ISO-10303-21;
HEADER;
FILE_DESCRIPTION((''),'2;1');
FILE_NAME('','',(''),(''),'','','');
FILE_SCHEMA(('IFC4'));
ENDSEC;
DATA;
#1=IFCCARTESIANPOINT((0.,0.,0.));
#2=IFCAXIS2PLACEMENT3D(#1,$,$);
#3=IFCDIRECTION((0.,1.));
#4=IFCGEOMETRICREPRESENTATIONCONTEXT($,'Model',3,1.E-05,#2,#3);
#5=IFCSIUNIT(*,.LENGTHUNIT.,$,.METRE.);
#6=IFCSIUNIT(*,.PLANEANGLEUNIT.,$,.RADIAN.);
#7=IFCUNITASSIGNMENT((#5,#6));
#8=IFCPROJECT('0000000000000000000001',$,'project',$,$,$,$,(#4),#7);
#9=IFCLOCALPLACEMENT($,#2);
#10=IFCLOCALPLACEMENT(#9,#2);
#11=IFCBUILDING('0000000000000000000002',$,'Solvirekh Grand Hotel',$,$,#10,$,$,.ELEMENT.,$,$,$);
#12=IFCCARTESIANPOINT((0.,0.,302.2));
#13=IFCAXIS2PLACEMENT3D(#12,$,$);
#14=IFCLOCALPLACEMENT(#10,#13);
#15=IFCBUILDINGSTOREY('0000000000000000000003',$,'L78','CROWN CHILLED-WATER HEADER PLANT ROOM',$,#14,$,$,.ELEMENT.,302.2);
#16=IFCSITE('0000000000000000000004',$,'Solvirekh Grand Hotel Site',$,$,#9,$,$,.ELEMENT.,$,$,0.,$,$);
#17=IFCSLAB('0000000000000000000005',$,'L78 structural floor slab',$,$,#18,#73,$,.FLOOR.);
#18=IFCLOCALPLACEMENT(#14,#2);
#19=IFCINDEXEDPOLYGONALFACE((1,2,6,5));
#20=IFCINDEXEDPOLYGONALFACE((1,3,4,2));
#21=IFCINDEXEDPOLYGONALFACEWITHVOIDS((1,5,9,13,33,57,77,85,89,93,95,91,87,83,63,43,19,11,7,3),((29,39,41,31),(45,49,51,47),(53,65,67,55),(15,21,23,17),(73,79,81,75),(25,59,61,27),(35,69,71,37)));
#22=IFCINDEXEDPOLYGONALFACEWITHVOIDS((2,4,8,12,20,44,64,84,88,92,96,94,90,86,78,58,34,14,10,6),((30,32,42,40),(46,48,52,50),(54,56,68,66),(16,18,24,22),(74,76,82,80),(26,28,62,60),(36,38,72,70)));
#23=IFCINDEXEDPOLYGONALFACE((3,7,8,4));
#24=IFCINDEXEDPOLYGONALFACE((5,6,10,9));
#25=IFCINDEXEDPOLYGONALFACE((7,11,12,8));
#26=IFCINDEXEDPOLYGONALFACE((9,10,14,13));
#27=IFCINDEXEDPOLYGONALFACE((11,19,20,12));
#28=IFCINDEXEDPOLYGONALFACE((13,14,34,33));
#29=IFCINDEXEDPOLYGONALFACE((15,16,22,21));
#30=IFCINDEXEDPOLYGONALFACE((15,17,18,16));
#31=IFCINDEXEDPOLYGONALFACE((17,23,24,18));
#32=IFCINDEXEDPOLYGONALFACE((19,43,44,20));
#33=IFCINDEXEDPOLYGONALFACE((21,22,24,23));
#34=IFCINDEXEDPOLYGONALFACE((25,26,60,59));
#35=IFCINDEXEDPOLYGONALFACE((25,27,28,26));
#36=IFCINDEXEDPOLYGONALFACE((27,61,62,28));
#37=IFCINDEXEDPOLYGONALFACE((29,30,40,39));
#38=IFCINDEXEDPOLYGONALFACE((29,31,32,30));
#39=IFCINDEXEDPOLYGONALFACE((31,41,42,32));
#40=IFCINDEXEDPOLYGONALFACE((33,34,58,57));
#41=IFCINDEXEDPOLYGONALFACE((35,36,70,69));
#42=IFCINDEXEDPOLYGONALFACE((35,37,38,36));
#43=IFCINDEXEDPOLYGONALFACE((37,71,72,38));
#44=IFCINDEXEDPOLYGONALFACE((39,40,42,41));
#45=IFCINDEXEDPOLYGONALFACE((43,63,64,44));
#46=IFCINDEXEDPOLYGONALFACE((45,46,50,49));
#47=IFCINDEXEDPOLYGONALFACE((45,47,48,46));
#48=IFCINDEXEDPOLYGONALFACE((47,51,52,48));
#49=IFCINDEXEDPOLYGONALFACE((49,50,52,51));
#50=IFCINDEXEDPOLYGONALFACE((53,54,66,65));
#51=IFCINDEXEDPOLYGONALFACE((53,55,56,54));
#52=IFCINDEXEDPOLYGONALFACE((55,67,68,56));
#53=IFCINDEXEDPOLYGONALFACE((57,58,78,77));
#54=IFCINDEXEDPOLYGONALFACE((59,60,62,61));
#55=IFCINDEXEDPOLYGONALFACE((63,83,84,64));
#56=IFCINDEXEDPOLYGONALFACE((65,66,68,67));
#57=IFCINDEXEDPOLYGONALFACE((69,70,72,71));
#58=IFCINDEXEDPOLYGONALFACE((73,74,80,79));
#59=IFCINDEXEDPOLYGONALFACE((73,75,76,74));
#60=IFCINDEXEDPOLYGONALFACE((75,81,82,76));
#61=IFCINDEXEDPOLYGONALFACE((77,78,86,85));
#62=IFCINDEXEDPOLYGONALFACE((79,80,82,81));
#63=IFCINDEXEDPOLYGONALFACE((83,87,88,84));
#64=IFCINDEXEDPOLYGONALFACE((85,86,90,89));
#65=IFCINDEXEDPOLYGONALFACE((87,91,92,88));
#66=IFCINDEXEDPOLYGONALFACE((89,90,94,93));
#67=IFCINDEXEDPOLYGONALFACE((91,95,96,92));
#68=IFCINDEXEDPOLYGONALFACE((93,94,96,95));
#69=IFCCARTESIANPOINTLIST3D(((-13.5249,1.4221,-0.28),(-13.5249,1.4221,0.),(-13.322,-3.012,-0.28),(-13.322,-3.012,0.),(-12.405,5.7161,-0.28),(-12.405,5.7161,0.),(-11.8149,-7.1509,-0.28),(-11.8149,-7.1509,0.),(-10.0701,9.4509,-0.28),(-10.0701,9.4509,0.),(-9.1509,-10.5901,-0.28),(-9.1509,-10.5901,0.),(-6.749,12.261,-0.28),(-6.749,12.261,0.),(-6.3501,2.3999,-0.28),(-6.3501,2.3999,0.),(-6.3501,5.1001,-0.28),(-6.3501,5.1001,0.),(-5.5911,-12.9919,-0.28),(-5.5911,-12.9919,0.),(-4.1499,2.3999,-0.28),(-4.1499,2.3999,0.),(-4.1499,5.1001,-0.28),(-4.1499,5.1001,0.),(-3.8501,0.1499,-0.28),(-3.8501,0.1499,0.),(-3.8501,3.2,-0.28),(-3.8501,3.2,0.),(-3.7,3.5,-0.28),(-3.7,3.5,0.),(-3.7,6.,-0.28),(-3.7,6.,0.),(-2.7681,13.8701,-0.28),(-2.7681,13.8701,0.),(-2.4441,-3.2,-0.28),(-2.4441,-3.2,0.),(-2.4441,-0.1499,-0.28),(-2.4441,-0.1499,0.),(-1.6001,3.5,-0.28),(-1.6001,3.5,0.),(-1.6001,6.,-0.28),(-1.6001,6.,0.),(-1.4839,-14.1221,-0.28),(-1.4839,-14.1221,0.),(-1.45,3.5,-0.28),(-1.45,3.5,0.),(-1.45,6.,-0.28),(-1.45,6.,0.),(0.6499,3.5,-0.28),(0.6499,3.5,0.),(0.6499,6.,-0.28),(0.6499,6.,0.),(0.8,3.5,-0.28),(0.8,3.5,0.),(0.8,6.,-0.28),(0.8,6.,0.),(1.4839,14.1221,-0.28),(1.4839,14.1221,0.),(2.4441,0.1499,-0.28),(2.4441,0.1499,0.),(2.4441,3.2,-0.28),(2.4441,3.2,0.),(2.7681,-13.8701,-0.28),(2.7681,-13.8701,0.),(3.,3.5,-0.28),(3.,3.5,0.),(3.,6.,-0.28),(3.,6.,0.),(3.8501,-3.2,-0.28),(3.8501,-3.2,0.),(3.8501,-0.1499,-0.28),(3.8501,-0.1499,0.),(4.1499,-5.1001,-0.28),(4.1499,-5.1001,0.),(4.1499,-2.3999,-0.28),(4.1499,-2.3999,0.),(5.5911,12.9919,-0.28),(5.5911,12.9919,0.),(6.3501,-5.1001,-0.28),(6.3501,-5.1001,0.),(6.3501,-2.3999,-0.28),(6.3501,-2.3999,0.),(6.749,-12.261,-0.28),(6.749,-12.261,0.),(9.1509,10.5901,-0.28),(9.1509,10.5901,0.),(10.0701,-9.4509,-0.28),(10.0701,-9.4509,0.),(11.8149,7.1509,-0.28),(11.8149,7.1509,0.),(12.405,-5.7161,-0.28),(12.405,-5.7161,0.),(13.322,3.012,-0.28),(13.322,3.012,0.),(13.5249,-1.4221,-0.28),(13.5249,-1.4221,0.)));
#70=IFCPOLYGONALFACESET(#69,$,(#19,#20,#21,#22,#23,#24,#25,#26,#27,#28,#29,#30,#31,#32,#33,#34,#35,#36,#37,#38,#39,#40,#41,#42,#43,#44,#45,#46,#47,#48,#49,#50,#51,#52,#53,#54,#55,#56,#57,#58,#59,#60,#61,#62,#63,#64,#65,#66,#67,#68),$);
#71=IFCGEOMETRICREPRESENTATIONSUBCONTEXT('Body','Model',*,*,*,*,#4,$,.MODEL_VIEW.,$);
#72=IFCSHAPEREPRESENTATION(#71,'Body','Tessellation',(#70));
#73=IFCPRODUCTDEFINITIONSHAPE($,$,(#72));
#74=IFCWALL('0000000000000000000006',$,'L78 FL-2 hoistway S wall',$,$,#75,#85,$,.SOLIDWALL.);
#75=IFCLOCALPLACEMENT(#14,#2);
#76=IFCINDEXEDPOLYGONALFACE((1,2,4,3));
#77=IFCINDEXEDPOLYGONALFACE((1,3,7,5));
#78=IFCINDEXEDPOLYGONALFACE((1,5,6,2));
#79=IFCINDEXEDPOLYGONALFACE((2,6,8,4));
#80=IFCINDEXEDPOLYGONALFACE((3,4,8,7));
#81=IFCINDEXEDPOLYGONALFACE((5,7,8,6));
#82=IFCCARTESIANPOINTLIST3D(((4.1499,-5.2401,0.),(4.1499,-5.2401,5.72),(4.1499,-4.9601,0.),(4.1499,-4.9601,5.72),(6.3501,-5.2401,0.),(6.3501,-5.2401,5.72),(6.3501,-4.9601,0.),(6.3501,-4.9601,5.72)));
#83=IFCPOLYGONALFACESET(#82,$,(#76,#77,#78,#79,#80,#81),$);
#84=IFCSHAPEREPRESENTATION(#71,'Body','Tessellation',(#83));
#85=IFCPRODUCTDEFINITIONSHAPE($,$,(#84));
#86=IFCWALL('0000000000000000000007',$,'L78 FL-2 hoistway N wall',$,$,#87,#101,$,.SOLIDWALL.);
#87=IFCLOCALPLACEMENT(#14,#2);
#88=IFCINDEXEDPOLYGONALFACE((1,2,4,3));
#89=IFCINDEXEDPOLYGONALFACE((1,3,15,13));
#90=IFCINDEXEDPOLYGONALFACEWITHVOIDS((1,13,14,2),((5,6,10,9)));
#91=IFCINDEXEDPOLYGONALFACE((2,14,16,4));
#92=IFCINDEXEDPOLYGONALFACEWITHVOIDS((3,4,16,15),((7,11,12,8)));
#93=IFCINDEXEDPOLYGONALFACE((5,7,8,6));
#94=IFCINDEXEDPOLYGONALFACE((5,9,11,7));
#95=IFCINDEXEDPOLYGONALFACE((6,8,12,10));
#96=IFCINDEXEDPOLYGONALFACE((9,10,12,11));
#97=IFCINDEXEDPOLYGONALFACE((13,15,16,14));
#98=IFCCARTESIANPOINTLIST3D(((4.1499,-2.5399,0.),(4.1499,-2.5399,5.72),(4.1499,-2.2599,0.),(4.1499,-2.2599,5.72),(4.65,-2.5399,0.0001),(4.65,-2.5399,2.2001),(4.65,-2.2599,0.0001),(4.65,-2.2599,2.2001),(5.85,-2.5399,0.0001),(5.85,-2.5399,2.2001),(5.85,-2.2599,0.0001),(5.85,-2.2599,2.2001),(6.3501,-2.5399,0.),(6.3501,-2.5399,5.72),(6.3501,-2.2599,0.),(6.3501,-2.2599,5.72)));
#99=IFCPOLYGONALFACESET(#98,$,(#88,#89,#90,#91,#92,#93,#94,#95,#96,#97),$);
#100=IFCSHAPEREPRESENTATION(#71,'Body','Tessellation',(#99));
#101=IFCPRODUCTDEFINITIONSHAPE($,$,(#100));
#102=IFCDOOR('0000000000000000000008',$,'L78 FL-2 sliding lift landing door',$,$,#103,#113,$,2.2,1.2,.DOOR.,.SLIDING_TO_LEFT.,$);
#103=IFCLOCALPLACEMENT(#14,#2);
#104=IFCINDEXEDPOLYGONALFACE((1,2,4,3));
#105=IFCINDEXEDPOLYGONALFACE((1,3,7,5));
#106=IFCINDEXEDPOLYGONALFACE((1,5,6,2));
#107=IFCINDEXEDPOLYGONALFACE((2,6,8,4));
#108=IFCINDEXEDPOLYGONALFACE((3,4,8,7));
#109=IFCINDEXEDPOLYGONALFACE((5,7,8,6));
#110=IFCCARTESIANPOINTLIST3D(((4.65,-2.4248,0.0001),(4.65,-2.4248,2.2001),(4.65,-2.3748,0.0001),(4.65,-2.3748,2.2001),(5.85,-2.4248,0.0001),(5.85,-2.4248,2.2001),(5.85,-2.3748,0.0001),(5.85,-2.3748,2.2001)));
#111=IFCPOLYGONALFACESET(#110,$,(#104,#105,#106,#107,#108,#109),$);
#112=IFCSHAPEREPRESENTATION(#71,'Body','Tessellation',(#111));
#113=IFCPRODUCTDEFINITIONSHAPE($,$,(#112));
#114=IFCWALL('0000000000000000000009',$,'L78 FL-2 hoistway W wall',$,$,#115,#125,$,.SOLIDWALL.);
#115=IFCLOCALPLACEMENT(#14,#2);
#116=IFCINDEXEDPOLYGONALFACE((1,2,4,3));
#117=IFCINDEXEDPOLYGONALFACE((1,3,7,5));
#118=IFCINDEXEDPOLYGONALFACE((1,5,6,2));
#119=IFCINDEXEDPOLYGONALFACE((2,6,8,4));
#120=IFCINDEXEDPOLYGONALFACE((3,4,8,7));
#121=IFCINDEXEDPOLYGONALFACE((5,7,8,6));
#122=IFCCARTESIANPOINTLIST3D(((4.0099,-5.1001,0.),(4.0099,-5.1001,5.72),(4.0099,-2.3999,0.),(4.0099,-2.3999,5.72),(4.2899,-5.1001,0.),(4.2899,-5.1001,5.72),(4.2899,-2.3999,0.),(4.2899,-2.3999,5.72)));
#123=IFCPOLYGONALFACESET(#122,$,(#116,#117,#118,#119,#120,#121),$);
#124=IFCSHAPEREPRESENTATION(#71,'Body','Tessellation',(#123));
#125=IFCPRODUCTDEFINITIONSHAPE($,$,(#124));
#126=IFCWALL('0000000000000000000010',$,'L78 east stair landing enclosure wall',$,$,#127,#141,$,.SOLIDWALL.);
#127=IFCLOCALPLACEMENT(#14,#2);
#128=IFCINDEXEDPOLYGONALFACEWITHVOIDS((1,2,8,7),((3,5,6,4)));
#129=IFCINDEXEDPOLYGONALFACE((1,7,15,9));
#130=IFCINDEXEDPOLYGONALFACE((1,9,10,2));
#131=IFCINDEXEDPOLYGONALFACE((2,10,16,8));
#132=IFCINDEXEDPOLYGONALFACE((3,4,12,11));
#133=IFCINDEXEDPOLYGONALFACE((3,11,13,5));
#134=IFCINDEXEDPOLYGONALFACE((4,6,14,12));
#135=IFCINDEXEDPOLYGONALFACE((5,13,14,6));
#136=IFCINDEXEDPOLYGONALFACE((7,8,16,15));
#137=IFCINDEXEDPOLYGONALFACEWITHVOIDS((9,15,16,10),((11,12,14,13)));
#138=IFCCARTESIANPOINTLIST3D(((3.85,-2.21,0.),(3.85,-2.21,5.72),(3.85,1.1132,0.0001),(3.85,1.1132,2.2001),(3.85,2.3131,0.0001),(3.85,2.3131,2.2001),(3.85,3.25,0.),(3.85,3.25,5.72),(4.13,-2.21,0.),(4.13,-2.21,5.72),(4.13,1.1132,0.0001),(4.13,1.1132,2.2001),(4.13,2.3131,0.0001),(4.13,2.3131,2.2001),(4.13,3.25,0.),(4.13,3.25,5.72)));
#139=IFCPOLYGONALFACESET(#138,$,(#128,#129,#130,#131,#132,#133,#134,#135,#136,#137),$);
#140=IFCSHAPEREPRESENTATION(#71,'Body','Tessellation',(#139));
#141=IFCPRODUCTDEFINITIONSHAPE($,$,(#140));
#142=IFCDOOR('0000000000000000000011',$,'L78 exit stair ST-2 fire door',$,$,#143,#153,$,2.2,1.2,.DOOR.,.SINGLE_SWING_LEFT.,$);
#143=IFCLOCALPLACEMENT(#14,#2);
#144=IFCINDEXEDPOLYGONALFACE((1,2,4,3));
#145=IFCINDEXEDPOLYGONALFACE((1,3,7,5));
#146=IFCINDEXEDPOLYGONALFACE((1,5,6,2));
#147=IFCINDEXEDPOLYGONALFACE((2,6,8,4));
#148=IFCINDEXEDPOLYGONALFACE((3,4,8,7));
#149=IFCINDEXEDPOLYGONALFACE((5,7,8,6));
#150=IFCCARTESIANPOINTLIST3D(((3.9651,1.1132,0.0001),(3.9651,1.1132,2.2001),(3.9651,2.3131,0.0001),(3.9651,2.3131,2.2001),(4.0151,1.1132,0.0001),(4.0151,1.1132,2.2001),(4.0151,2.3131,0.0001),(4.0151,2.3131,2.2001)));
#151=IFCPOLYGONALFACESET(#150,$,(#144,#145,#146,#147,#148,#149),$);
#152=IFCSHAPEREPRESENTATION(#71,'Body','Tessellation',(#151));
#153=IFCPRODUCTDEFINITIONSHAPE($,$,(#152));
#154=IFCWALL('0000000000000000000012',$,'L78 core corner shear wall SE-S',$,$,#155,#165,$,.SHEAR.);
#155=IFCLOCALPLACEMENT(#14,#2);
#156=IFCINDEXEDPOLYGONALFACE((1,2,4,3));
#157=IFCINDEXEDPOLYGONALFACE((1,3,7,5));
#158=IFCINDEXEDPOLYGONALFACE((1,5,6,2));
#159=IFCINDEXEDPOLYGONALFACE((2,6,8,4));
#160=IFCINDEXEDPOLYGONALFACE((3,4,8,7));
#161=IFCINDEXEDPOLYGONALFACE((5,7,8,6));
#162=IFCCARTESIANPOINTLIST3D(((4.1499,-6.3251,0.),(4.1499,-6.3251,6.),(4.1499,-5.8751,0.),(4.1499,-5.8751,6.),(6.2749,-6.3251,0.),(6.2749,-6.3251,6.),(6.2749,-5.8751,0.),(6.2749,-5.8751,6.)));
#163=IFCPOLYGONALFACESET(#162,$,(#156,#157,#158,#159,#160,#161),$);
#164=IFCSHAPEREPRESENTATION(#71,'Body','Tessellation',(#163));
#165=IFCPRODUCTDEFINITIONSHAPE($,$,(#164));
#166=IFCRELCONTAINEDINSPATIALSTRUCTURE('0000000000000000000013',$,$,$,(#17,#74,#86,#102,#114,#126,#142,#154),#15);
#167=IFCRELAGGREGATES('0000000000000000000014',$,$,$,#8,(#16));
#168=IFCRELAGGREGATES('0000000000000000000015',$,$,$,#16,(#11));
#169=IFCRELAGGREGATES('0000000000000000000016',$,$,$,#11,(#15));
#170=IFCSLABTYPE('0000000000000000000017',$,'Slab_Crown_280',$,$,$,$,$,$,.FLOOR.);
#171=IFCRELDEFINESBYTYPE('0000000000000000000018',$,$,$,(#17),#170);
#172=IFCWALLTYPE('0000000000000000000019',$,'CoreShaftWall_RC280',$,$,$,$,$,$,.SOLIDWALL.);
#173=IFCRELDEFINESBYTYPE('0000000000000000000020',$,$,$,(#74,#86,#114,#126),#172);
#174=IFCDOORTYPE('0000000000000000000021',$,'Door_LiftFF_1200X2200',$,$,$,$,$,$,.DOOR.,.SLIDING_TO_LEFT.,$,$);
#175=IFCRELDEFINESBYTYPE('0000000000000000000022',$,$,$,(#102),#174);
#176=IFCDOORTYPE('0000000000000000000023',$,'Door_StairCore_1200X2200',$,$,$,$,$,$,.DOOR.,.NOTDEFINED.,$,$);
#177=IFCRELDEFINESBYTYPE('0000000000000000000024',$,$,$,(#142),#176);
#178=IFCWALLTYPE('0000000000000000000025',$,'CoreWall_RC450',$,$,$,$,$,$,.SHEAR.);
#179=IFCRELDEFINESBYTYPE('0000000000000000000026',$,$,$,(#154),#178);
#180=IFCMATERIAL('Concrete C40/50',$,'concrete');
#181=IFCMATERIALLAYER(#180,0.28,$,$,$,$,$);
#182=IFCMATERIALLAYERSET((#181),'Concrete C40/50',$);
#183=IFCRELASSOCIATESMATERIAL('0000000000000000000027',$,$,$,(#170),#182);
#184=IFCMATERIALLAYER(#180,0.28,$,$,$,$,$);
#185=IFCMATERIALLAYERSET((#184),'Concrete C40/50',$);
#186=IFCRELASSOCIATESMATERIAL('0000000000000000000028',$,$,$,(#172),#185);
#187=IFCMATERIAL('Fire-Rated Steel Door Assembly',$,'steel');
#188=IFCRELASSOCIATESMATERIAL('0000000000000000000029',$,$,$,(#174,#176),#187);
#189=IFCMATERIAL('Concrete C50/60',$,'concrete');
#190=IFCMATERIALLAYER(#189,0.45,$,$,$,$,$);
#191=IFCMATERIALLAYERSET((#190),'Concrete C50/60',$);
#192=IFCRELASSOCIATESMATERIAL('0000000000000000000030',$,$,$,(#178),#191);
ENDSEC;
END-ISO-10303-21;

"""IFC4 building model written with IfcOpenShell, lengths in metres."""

from ifc_helpers import new_model, si_unit, direction, frame, frame_2d, origin, place, context, subcontext, project, spatial, polyline, rectangle, outline, extrude, material, layer, layer_set, type_object, element, fill, save


model = new_model("IFC4")

# Units and contexts
model_context = context("Model", 3, precision=1e-05, world=origin(), true_north=direction((0.0, 1.0)))
body_context = subcontext(model_context, "Body", "Model", "MODEL_VIEW")
ifc_project = project(units=[si_unit("LENGTHUNIT", "METRE"), si_unit("PLANEANGLEUNIT", "RADIAN")], contexts=[model_context])

# Site, building, storey
site_placement = place(None, origin())
site = spatial("IfcSite", under=ifc_project, at=site_placement, Name="Solvirekh Grand Hotel Site", CompositionType="ELEMENT", RefElevation=0.0)
building_placement = place(site_placement, origin())
building = spatial("IfcBuilding", under=site, at=building_placement, Name="Solvirekh Grand Hotel", CompositionType="ELEMENT")
storey_placement = place(building_placement, frame((0.0, 0.0, 302.2)))
storey = spatial("IfcBuildingStorey", under=building, at=storey_placement, Name="L78", Description="CROWN CHILLED-WATER HEADER PLANT ROOM", CompositionType="ELEMENT", Elevation=302.2)

# Shared definitions
ifc_material_1 = material(Name="Concrete C50/60", Category="concrete")

# Slab
ifc_material_2 = material(Name="Concrete C40/50", Category="concrete")
ifc_layer_1 = layer(ifc_material_2, 0.28)
ifc_layer_set_1 = layer_set([ifc_layer_1], Name="Concrete C40/50")
slab_type_1 = type_object("IfcSlabType", Name="Slab_Crown_280", PredefinedType="FLOOR", material=ifc_layer_set_1)
slab_1_placement = place(storey_placement, frame((0.0, 0.0, -0.28)))
element("IfcSlab", 1, at=slab_1_placement, inside=storey, type_object=slab_type_1, Name="L78 structural floor slab", PredefinedType="FLOOR", context=body_context, shape_type="SweptSolid", body=[
    extrude(outline(polyline([(-1.4839, -14.1221), (2.7681, -13.8701), (6.749, -12.261), (10.0701, -9.4509), (12.405, -5.7161), (13.5249, -1.4221), (13.322, 3.012), (11.8149, 7.1509), (9.1509, 10.5901), (5.5911, 12.9919), (1.4839, 14.1221), (-2.7681, 13.8701), (-6.749, 12.261), (-10.0701, 9.4509), (-12.405, 5.7161), (-13.5249, 1.4221), (-13.322, -3.012), (-11.8149, -7.1509), (-9.1509, -10.5901), (-5.5911, -12.9919), (-1.4839, -14.1221)]), holes=[polyline([(-2.4441, -0.1499), (3.8501, -0.1499), (3.8501, -3.2), (-2.4441, -3.2), (-2.4441, -0.1499)]), polyline([(2.4441, 0.1499), (-3.8501, 0.1499), (-3.8501, 3.2), (2.4441, 3.2), (2.4441, 0.1499)]), polyline([(-3.7, 6.0), (-1.6001, 6.0), (-1.6001, 3.5), (-3.7, 3.5), (-3.7, 6.0)]), polyline([(-1.45, 6.0), (0.6499, 6.0), (0.6499, 3.5), (-1.45, 3.5), (-1.45, 6.0)]), polyline([(0.8, 6.0), (3.0, 6.0), (3.0, 3.5), (0.8, 3.5), (0.8, 6.0)]), polyline([(-6.3501, 5.1001), (-4.1499, 5.1001), (-4.1499, 2.3999), (-6.3501, 2.3999), (-6.3501, 5.1001)]), polyline([(4.1499, -2.3999), (6.3501, -2.3999), (6.3501, -5.1001), (4.1499, -5.1001), (4.1499, -2.3999)])]), origin(), (0.0, 0.0, 1.0), 0.28),
])

# Wall
ifc_layer_2 = layer(ifc_material_2, 0.28)
ifc_layer_set_2 = layer_set([ifc_layer_2], Name="Concrete C40/50")
wall_type_1 = type_object("IfcWallType", Name="CoreShaftWall_RC280", PredefinedType="SOLIDWALL", material=ifc_layer_set_2)
wall_1_placement = place(storey_placement, frame((4.1499, -5.1001, 0.0), z_axis=(0.0, 0.0, 1.0), x_axis=(1.0, 0.0, 0.0)))
element("IfcWall", 2, at=wall_1_placement, inside=storey, type_object=wall_type_1, Name="L78 FL-2 hoistway S wall", PredefinedType="SOLIDWALL", context=body_context, shape_type="SweptSolid", body=[
    extrude(rectangle(XDim=2.2002, YDim=0.28, at=frame_2d((1.1001, 0.0))), origin(), (0.0, 0.0, 1.0), 5.72),
])

# Wall, opening, door
wall_2_placement = place(storey_placement, frame((6.3501, -2.3999, 0.0), z_axis=(0.0, 0.0, 1.0), x_axis=(-1.0, 0.0, 0.0)))
wall_2 = element("IfcWall", 3, at=wall_2_placement, inside=storey, type_object=wall_type_1, Name="L78 FL-2 hoistway N wall", PredefinedType="SOLIDWALL", context=body_context, shape_type="SweptSolid", body=[
    extrude(rectangle(XDim=2.2002, YDim=0.28, at=frame_2d((1.1001, 0.0))), origin(), (0.0, 0.0, 1.0), 5.72),
])
opening_1_placement = place(wall_2_placement, frame((0.5, 0.0, 0.0)))
opening_1 = element("IfcOpeningElement", 4, at=opening_1_placement, cuts=wall_2, PredefinedType="OPENING", context=body_context, shape_type="SweptSolid", body=[
    extrude(rectangle(XDim=1.2, YDim=2.2, at=frame_2d((0.6001, 1.1001))), frame((0.0, 0.1499, 0.0), z_axis=(0.0, -1.0, 0.0), x_axis=(1.0, 0.0, 0.0)), (0.0, 0.0, 1.0), 0.3),
])
ifc_material_3 = material(Name="Fire-Rated Steel Door Assembly", Category="steel")
door_type_1 = type_object("IfcDoorType", Name="Door_LiftFF_1200X2200", OperationType="SLIDING_TO_LEFT", PredefinedType="DOOR", material=ifc_material_3)
door_1_placement = place(opening_1_placement, origin())
door_1 = element("IfcDoor", 5, at=door_1_placement, inside=storey, type_object=door_type_1, Name="L78 FL-2 sliding lift landing door", OperationType="SLIDING_TO_LEFT", OverallHeight=2.2, OverallWidth=1.2, PredefinedType="DOOR", context=body_context, shape_type="SweptSolid", body=[
    extrude(rectangle(XDim=1.2, YDim=2.2, at=frame_2d((0.6001, 1.1001))), frame((0.0, 0.0249, 0.0), z_axis=(0.0, -1.0, 0.0), x_axis=(1.0, 0.0, 0.0)), (0.0, 0.0, 1.0), 0.05),
])
fill(opening_1, door_1)

# Wall
wall_3_placement = place(storey_placement, frame((4.1499, -2.3999, 0.0), z_axis=(0.0, 0.0, 1.0), x_axis=(0.0, -1.0, 0.0)))
element("IfcWall", 6, at=wall_3_placement, inside=storey, type_object=wall_type_1, Name="L78 FL-2 hoistway W wall", PredefinedType="SOLIDWALL", context=body_context, shape_type="SweptSolid", body=[
    extrude(rectangle(XDim=2.7002, YDim=0.28, at=frame_2d((1.3501, 0.0))), origin(), (0.0, 0.0, 1.0), 5.72),
])

# Wall, opening, door
wall_4_placement = place(storey_placement, frame((3.99, -2.21, 0.0), z_axis=(0.0, 0.0, 1.0), x_axis=(0.0, 1.0, 0.0)))
wall_4 = element("IfcWall", 7, at=wall_4_placement, inside=storey, type_object=wall_type_1, Name="L78 east stair landing enclosure wall", PredefinedType="SOLIDWALL", context=body_context, shape_type="SweptSolid", body=[
    extrude(rectangle(XDim=5.46, YDim=0.28, at=frame_2d((2.73, 0.0))), origin(), (0.0, 0.0, 1.0), 5.72),
])
opening_2_placement = place(wall_4_placement, frame((3.323, 0.0, 0.0)))
opening_2 = element("IfcOpeningElement", 8, at=opening_2_placement, cuts=wall_4, PredefinedType="OPENING", context=body_context, shape_type="SweptSolid", body=[
    extrude(rectangle(XDim=1.2, YDim=2.2, at=frame_2d((0.6001, 1.1001))), frame((0.0, 0.1499, 0.0), z_axis=(0.0, -1.0, 0.0), x_axis=(1.0, 0.0, 0.0)), (0.0, 0.0, 1.0), 0.3),
])
door_type_2 = type_object("IfcDoorType", Name="Door_StairCore_1200X2200", OperationType="NOTDEFINED", PredefinedType="DOOR", material=ifc_material_3)
door_2_placement = place(opening_2_placement, origin())
door_2 = element("IfcDoor", 9, at=door_2_placement, inside=storey, type_object=door_type_2, Name="L78 exit stair ST-2 fire door", OperationType="SINGLE_SWING_LEFT", OverallHeight=2.2, OverallWidth=1.2, PredefinedType="DOOR", context=body_context, shape_type="SweptSolid", body=[
    extrude(rectangle(XDim=1.2, YDim=2.2, at=frame_2d((0.6001, 1.1001))), frame((0.0, 0.0249, 0.0), z_axis=(0.0, -1.0, 0.0), x_axis=(1.0, 0.0, 0.0)), (0.0, 0.0, 1.0), 0.05),
])
fill(opening_2, door_2)

# Wall
ifc_layer_3 = layer(ifc_material_1, 0.45)
ifc_layer_set_3 = layer_set([ifc_layer_3], Name="Concrete C50/60")
wall_type_2 = type_object("IfcWallType", Name="CoreWall_RC450", PredefinedType="SHEAR", material=ifc_layer_set_3)
wall_5_placement = place(storey_placement, frame((4.1499, -6.1001, 0.0), z_axis=(0.0, 0.0, 1.0), x_axis=(1.0, 0.0, 0.0)))
element("IfcWall", 10, at=wall_5_placement, inside=storey, type_object=wall_type_2, Name="L78 core corner shear wall SE-S", PredefinedType="SHEAR", context=body_context, shape_type="SweptSolid", body=[
    extrude(rectangle(XDim=2.125, YDim=0.45, at=frame_2d((1.0625, 0.0))), origin(), (0.0, 0.0, 1.0), 6.0),
])

save(model, "model.ifc")
